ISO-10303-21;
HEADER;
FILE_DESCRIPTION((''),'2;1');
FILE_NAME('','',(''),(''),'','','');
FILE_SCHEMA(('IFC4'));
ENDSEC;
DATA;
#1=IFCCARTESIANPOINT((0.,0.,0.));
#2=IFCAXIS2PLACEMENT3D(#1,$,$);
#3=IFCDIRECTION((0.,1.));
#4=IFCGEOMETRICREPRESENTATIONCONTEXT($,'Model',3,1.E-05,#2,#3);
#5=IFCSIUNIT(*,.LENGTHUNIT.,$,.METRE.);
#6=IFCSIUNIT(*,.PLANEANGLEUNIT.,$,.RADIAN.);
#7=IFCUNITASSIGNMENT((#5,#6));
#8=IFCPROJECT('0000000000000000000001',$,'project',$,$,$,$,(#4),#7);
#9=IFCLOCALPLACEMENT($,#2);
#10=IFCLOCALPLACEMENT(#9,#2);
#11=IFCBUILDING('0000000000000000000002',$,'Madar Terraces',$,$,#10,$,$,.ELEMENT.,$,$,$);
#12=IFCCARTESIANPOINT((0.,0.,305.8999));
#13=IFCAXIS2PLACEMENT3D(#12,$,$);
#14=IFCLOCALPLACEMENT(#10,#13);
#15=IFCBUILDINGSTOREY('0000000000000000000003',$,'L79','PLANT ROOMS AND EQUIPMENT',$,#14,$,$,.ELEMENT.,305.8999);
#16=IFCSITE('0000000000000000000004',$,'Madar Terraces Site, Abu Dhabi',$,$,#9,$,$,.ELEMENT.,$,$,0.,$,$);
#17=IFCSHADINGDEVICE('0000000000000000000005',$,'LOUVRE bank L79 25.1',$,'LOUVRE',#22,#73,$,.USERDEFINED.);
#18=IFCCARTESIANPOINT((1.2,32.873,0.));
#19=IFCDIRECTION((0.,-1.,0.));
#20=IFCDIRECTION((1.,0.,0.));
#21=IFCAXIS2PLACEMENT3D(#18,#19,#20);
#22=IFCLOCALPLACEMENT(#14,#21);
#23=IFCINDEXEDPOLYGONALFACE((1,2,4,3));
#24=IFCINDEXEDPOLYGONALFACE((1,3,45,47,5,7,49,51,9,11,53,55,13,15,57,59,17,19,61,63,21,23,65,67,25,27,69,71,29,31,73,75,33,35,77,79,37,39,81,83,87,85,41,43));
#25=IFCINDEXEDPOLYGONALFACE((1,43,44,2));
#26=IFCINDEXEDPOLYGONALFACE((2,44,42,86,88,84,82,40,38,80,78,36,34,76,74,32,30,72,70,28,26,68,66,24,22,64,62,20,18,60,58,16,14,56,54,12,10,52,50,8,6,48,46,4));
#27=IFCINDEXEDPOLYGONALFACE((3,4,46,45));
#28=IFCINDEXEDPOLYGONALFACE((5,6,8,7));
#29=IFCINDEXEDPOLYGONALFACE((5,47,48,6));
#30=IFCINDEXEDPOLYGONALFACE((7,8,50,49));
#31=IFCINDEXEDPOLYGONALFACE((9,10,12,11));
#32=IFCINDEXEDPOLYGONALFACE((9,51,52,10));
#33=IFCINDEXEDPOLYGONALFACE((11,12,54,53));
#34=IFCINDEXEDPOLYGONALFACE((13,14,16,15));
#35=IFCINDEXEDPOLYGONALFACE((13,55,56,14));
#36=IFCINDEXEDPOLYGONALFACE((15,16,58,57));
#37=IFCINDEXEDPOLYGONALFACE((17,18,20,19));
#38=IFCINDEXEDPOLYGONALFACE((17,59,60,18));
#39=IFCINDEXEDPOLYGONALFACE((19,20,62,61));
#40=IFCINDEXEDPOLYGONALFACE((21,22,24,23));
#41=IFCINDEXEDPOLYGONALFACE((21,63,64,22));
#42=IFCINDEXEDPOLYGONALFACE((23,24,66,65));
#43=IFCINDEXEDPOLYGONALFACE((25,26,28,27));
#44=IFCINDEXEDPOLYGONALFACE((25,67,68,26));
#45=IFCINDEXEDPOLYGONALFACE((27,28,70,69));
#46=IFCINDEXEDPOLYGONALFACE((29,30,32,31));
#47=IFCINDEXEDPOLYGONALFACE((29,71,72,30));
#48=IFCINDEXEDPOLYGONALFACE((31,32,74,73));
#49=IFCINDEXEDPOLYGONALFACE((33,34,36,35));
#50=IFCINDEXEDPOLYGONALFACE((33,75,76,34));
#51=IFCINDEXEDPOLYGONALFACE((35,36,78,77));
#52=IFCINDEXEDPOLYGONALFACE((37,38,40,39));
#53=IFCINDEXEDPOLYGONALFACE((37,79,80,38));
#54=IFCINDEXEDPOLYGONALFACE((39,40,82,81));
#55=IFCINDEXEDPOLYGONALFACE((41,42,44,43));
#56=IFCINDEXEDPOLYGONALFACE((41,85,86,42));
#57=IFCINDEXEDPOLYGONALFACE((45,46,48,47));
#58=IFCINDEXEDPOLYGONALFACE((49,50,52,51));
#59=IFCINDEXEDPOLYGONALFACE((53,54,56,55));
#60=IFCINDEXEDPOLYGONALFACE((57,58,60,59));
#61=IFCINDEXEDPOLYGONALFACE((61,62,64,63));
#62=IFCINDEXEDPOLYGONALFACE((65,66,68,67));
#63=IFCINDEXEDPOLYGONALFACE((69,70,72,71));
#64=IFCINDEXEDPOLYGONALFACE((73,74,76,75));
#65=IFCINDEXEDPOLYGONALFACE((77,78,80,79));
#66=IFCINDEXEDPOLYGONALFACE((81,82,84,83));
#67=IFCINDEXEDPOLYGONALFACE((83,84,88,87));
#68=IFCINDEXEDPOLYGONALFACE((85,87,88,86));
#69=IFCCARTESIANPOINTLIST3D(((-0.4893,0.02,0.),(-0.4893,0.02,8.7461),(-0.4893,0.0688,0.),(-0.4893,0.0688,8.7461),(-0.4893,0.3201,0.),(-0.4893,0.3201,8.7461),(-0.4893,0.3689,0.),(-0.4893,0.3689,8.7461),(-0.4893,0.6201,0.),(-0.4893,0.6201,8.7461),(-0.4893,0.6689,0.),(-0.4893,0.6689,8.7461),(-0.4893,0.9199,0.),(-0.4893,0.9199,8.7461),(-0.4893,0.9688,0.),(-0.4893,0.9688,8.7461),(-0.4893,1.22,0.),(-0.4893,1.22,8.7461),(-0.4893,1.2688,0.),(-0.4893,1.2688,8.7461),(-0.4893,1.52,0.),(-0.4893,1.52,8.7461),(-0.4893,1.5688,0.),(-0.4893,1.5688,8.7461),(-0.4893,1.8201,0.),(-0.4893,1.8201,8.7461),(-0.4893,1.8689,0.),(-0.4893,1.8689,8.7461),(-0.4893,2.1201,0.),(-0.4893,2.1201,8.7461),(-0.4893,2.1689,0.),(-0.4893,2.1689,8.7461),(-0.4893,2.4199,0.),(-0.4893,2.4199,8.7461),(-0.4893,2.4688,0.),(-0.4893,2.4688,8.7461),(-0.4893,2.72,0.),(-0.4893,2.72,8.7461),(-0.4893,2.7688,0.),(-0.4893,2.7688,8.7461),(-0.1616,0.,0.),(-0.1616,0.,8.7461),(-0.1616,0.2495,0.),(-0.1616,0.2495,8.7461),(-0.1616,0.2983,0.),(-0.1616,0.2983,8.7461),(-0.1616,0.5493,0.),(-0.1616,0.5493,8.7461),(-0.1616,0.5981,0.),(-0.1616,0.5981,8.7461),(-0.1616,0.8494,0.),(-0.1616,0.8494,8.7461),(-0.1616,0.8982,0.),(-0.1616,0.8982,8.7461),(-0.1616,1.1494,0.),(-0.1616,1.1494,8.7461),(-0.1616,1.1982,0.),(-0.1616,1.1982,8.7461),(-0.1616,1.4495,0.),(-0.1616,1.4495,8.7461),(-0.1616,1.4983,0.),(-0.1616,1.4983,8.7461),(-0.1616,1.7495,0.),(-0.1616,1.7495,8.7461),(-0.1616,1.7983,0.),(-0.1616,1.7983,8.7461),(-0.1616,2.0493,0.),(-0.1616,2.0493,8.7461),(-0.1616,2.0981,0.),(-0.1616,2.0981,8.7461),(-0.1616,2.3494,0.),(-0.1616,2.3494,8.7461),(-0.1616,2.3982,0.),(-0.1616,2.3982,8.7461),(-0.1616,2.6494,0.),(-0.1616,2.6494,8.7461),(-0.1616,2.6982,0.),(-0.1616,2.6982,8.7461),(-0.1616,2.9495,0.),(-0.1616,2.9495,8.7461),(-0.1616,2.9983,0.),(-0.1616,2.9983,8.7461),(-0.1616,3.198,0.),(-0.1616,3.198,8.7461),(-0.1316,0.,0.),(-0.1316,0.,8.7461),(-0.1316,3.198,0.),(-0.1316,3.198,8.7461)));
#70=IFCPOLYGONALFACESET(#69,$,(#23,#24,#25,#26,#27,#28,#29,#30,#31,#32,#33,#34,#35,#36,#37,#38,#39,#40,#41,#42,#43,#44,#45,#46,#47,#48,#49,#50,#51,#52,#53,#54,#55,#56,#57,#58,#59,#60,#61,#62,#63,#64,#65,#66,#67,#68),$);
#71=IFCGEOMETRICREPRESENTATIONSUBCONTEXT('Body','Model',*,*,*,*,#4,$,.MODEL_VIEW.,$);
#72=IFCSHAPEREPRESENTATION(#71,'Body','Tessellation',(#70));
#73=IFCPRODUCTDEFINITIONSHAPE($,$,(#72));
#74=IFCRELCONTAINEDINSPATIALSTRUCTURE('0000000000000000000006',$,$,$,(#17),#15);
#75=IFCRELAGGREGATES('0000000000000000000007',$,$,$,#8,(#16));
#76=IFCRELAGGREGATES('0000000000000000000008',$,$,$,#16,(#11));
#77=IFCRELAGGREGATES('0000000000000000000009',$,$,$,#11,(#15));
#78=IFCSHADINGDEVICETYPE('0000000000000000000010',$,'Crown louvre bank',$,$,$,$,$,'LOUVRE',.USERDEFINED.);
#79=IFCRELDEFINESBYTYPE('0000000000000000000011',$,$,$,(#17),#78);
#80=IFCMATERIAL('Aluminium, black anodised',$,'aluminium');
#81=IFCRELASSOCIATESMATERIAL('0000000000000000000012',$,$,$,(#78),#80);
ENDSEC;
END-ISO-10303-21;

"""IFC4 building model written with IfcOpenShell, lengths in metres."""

from ifc_helpers import new_model, si_unit, direction, frame, origin, place, context, subcontext, project, spatial, polyline, outline, extrude, material, type_object, element, save


model = new_model("IFC4")

# Units and contexts
model_context = context("Model", 3, precision=1e-05, world=origin(), true_north=direction((0.0, 1.0)))
body_context = subcontext(model_context, "Body", "Model", "MODEL_VIEW")
ifc_project = project(units=[si_unit("LENGTHUNIT", "METRE"), si_unit("PLANEANGLEUNIT", "RADIAN")], contexts=[model_context])

# Site, building, storey
site_placement = place(None, origin())
site = spatial("IfcSite", under=ifc_project, at=site_placement, Name="Madar Terraces Site, Abu Dhabi", CompositionType="ELEMENT", RefElevation=0.0)
building_placement = place(site_placement, origin())
building = spatial("IfcBuilding", under=site, at=building_placement, Name="Madar Terraces", CompositionType="ELEMENT")
storey_placement = place(building_placement, frame((0.0, 0.0, 305.8999)))
storey = spatial("IfcBuildingStorey", under=building, at=storey_placement, Name="L79", Description="PLANT ROOMS AND EQUIPMENT", CompositionType="ELEMENT", Elevation=305.8999)

# Shading device
ifc_material_1 = material(Name="Aluminium, black anodised", Category="aluminium")
shading_device_type = type_object("IfcShadingDeviceType", Name="Crown louvre bank", ElementType="LOUVRE", PredefinedType="USERDEFINED", material=ifc_material_1)
shading_device_1_placement = place(storey_placement, frame((1.2, 32.873, 0.0), z_axis=(0.0, -1.0, 0.0), x_axis=(1.0, 0.0, 0.0)))
element("IfcShadingDevice", 1, at=shading_device_1_placement, inside=storey, type_object=shading_device_type, Name="LOUVRE bank L79 25.1", ObjectType="LOUVRE", PredefinedType="USERDEFINED", context=body_context, shape_type="SweptSolid", body=[
    extrude(outline(polyline([(-0.1316, 0.0), (-0.1616, 0.0), (-0.1616, 0.2495), (-0.4893, 0.02), (-0.4893, 0.0688), (-0.1616, 0.2983), (-0.1616, 0.5493), (-0.4893, 0.3201), (-0.4893, 0.3689), (-0.1616, 0.5981), (-0.1616, 0.8494), (-0.4893, 0.6201), (-0.4893, 0.6689), (-0.1616, 0.8982), (-0.1616, 1.1494), (-0.4893, 0.9199), (-0.4893, 0.9688), (-0.1616, 1.1982), (-0.1616, 1.4495), (-0.4893, 1.22), (-0.4893, 1.2688), (-0.1616, 1.4983), (-0.1616, 1.7495), (-0.4893, 1.52), (-0.4893, 1.5688), (-0.1616, 1.7983), (-0.1616, 2.0493), (-0.4893, 1.8201), (-0.4893, 1.8689), (-0.1616, 2.0981), (-0.1616, 2.3494), (-0.4893, 2.1201), (-0.4893, 2.1689), (-0.1616, 2.3982), (-0.1616, 2.6494), (-0.4893, 2.4199), (-0.4893, 2.4688), (-0.1616, 2.6982), (-0.1616, 2.9495), (-0.4893, 2.72), (-0.4893, 2.7688), (-0.1616, 2.9983), (-0.1616, 3.198), (-0.1316, 3.198), (-0.1316, 0.0)])), origin(), (0.0, 0.0, 1.0), 8.7461),
])

save(model, "model.ifc")
